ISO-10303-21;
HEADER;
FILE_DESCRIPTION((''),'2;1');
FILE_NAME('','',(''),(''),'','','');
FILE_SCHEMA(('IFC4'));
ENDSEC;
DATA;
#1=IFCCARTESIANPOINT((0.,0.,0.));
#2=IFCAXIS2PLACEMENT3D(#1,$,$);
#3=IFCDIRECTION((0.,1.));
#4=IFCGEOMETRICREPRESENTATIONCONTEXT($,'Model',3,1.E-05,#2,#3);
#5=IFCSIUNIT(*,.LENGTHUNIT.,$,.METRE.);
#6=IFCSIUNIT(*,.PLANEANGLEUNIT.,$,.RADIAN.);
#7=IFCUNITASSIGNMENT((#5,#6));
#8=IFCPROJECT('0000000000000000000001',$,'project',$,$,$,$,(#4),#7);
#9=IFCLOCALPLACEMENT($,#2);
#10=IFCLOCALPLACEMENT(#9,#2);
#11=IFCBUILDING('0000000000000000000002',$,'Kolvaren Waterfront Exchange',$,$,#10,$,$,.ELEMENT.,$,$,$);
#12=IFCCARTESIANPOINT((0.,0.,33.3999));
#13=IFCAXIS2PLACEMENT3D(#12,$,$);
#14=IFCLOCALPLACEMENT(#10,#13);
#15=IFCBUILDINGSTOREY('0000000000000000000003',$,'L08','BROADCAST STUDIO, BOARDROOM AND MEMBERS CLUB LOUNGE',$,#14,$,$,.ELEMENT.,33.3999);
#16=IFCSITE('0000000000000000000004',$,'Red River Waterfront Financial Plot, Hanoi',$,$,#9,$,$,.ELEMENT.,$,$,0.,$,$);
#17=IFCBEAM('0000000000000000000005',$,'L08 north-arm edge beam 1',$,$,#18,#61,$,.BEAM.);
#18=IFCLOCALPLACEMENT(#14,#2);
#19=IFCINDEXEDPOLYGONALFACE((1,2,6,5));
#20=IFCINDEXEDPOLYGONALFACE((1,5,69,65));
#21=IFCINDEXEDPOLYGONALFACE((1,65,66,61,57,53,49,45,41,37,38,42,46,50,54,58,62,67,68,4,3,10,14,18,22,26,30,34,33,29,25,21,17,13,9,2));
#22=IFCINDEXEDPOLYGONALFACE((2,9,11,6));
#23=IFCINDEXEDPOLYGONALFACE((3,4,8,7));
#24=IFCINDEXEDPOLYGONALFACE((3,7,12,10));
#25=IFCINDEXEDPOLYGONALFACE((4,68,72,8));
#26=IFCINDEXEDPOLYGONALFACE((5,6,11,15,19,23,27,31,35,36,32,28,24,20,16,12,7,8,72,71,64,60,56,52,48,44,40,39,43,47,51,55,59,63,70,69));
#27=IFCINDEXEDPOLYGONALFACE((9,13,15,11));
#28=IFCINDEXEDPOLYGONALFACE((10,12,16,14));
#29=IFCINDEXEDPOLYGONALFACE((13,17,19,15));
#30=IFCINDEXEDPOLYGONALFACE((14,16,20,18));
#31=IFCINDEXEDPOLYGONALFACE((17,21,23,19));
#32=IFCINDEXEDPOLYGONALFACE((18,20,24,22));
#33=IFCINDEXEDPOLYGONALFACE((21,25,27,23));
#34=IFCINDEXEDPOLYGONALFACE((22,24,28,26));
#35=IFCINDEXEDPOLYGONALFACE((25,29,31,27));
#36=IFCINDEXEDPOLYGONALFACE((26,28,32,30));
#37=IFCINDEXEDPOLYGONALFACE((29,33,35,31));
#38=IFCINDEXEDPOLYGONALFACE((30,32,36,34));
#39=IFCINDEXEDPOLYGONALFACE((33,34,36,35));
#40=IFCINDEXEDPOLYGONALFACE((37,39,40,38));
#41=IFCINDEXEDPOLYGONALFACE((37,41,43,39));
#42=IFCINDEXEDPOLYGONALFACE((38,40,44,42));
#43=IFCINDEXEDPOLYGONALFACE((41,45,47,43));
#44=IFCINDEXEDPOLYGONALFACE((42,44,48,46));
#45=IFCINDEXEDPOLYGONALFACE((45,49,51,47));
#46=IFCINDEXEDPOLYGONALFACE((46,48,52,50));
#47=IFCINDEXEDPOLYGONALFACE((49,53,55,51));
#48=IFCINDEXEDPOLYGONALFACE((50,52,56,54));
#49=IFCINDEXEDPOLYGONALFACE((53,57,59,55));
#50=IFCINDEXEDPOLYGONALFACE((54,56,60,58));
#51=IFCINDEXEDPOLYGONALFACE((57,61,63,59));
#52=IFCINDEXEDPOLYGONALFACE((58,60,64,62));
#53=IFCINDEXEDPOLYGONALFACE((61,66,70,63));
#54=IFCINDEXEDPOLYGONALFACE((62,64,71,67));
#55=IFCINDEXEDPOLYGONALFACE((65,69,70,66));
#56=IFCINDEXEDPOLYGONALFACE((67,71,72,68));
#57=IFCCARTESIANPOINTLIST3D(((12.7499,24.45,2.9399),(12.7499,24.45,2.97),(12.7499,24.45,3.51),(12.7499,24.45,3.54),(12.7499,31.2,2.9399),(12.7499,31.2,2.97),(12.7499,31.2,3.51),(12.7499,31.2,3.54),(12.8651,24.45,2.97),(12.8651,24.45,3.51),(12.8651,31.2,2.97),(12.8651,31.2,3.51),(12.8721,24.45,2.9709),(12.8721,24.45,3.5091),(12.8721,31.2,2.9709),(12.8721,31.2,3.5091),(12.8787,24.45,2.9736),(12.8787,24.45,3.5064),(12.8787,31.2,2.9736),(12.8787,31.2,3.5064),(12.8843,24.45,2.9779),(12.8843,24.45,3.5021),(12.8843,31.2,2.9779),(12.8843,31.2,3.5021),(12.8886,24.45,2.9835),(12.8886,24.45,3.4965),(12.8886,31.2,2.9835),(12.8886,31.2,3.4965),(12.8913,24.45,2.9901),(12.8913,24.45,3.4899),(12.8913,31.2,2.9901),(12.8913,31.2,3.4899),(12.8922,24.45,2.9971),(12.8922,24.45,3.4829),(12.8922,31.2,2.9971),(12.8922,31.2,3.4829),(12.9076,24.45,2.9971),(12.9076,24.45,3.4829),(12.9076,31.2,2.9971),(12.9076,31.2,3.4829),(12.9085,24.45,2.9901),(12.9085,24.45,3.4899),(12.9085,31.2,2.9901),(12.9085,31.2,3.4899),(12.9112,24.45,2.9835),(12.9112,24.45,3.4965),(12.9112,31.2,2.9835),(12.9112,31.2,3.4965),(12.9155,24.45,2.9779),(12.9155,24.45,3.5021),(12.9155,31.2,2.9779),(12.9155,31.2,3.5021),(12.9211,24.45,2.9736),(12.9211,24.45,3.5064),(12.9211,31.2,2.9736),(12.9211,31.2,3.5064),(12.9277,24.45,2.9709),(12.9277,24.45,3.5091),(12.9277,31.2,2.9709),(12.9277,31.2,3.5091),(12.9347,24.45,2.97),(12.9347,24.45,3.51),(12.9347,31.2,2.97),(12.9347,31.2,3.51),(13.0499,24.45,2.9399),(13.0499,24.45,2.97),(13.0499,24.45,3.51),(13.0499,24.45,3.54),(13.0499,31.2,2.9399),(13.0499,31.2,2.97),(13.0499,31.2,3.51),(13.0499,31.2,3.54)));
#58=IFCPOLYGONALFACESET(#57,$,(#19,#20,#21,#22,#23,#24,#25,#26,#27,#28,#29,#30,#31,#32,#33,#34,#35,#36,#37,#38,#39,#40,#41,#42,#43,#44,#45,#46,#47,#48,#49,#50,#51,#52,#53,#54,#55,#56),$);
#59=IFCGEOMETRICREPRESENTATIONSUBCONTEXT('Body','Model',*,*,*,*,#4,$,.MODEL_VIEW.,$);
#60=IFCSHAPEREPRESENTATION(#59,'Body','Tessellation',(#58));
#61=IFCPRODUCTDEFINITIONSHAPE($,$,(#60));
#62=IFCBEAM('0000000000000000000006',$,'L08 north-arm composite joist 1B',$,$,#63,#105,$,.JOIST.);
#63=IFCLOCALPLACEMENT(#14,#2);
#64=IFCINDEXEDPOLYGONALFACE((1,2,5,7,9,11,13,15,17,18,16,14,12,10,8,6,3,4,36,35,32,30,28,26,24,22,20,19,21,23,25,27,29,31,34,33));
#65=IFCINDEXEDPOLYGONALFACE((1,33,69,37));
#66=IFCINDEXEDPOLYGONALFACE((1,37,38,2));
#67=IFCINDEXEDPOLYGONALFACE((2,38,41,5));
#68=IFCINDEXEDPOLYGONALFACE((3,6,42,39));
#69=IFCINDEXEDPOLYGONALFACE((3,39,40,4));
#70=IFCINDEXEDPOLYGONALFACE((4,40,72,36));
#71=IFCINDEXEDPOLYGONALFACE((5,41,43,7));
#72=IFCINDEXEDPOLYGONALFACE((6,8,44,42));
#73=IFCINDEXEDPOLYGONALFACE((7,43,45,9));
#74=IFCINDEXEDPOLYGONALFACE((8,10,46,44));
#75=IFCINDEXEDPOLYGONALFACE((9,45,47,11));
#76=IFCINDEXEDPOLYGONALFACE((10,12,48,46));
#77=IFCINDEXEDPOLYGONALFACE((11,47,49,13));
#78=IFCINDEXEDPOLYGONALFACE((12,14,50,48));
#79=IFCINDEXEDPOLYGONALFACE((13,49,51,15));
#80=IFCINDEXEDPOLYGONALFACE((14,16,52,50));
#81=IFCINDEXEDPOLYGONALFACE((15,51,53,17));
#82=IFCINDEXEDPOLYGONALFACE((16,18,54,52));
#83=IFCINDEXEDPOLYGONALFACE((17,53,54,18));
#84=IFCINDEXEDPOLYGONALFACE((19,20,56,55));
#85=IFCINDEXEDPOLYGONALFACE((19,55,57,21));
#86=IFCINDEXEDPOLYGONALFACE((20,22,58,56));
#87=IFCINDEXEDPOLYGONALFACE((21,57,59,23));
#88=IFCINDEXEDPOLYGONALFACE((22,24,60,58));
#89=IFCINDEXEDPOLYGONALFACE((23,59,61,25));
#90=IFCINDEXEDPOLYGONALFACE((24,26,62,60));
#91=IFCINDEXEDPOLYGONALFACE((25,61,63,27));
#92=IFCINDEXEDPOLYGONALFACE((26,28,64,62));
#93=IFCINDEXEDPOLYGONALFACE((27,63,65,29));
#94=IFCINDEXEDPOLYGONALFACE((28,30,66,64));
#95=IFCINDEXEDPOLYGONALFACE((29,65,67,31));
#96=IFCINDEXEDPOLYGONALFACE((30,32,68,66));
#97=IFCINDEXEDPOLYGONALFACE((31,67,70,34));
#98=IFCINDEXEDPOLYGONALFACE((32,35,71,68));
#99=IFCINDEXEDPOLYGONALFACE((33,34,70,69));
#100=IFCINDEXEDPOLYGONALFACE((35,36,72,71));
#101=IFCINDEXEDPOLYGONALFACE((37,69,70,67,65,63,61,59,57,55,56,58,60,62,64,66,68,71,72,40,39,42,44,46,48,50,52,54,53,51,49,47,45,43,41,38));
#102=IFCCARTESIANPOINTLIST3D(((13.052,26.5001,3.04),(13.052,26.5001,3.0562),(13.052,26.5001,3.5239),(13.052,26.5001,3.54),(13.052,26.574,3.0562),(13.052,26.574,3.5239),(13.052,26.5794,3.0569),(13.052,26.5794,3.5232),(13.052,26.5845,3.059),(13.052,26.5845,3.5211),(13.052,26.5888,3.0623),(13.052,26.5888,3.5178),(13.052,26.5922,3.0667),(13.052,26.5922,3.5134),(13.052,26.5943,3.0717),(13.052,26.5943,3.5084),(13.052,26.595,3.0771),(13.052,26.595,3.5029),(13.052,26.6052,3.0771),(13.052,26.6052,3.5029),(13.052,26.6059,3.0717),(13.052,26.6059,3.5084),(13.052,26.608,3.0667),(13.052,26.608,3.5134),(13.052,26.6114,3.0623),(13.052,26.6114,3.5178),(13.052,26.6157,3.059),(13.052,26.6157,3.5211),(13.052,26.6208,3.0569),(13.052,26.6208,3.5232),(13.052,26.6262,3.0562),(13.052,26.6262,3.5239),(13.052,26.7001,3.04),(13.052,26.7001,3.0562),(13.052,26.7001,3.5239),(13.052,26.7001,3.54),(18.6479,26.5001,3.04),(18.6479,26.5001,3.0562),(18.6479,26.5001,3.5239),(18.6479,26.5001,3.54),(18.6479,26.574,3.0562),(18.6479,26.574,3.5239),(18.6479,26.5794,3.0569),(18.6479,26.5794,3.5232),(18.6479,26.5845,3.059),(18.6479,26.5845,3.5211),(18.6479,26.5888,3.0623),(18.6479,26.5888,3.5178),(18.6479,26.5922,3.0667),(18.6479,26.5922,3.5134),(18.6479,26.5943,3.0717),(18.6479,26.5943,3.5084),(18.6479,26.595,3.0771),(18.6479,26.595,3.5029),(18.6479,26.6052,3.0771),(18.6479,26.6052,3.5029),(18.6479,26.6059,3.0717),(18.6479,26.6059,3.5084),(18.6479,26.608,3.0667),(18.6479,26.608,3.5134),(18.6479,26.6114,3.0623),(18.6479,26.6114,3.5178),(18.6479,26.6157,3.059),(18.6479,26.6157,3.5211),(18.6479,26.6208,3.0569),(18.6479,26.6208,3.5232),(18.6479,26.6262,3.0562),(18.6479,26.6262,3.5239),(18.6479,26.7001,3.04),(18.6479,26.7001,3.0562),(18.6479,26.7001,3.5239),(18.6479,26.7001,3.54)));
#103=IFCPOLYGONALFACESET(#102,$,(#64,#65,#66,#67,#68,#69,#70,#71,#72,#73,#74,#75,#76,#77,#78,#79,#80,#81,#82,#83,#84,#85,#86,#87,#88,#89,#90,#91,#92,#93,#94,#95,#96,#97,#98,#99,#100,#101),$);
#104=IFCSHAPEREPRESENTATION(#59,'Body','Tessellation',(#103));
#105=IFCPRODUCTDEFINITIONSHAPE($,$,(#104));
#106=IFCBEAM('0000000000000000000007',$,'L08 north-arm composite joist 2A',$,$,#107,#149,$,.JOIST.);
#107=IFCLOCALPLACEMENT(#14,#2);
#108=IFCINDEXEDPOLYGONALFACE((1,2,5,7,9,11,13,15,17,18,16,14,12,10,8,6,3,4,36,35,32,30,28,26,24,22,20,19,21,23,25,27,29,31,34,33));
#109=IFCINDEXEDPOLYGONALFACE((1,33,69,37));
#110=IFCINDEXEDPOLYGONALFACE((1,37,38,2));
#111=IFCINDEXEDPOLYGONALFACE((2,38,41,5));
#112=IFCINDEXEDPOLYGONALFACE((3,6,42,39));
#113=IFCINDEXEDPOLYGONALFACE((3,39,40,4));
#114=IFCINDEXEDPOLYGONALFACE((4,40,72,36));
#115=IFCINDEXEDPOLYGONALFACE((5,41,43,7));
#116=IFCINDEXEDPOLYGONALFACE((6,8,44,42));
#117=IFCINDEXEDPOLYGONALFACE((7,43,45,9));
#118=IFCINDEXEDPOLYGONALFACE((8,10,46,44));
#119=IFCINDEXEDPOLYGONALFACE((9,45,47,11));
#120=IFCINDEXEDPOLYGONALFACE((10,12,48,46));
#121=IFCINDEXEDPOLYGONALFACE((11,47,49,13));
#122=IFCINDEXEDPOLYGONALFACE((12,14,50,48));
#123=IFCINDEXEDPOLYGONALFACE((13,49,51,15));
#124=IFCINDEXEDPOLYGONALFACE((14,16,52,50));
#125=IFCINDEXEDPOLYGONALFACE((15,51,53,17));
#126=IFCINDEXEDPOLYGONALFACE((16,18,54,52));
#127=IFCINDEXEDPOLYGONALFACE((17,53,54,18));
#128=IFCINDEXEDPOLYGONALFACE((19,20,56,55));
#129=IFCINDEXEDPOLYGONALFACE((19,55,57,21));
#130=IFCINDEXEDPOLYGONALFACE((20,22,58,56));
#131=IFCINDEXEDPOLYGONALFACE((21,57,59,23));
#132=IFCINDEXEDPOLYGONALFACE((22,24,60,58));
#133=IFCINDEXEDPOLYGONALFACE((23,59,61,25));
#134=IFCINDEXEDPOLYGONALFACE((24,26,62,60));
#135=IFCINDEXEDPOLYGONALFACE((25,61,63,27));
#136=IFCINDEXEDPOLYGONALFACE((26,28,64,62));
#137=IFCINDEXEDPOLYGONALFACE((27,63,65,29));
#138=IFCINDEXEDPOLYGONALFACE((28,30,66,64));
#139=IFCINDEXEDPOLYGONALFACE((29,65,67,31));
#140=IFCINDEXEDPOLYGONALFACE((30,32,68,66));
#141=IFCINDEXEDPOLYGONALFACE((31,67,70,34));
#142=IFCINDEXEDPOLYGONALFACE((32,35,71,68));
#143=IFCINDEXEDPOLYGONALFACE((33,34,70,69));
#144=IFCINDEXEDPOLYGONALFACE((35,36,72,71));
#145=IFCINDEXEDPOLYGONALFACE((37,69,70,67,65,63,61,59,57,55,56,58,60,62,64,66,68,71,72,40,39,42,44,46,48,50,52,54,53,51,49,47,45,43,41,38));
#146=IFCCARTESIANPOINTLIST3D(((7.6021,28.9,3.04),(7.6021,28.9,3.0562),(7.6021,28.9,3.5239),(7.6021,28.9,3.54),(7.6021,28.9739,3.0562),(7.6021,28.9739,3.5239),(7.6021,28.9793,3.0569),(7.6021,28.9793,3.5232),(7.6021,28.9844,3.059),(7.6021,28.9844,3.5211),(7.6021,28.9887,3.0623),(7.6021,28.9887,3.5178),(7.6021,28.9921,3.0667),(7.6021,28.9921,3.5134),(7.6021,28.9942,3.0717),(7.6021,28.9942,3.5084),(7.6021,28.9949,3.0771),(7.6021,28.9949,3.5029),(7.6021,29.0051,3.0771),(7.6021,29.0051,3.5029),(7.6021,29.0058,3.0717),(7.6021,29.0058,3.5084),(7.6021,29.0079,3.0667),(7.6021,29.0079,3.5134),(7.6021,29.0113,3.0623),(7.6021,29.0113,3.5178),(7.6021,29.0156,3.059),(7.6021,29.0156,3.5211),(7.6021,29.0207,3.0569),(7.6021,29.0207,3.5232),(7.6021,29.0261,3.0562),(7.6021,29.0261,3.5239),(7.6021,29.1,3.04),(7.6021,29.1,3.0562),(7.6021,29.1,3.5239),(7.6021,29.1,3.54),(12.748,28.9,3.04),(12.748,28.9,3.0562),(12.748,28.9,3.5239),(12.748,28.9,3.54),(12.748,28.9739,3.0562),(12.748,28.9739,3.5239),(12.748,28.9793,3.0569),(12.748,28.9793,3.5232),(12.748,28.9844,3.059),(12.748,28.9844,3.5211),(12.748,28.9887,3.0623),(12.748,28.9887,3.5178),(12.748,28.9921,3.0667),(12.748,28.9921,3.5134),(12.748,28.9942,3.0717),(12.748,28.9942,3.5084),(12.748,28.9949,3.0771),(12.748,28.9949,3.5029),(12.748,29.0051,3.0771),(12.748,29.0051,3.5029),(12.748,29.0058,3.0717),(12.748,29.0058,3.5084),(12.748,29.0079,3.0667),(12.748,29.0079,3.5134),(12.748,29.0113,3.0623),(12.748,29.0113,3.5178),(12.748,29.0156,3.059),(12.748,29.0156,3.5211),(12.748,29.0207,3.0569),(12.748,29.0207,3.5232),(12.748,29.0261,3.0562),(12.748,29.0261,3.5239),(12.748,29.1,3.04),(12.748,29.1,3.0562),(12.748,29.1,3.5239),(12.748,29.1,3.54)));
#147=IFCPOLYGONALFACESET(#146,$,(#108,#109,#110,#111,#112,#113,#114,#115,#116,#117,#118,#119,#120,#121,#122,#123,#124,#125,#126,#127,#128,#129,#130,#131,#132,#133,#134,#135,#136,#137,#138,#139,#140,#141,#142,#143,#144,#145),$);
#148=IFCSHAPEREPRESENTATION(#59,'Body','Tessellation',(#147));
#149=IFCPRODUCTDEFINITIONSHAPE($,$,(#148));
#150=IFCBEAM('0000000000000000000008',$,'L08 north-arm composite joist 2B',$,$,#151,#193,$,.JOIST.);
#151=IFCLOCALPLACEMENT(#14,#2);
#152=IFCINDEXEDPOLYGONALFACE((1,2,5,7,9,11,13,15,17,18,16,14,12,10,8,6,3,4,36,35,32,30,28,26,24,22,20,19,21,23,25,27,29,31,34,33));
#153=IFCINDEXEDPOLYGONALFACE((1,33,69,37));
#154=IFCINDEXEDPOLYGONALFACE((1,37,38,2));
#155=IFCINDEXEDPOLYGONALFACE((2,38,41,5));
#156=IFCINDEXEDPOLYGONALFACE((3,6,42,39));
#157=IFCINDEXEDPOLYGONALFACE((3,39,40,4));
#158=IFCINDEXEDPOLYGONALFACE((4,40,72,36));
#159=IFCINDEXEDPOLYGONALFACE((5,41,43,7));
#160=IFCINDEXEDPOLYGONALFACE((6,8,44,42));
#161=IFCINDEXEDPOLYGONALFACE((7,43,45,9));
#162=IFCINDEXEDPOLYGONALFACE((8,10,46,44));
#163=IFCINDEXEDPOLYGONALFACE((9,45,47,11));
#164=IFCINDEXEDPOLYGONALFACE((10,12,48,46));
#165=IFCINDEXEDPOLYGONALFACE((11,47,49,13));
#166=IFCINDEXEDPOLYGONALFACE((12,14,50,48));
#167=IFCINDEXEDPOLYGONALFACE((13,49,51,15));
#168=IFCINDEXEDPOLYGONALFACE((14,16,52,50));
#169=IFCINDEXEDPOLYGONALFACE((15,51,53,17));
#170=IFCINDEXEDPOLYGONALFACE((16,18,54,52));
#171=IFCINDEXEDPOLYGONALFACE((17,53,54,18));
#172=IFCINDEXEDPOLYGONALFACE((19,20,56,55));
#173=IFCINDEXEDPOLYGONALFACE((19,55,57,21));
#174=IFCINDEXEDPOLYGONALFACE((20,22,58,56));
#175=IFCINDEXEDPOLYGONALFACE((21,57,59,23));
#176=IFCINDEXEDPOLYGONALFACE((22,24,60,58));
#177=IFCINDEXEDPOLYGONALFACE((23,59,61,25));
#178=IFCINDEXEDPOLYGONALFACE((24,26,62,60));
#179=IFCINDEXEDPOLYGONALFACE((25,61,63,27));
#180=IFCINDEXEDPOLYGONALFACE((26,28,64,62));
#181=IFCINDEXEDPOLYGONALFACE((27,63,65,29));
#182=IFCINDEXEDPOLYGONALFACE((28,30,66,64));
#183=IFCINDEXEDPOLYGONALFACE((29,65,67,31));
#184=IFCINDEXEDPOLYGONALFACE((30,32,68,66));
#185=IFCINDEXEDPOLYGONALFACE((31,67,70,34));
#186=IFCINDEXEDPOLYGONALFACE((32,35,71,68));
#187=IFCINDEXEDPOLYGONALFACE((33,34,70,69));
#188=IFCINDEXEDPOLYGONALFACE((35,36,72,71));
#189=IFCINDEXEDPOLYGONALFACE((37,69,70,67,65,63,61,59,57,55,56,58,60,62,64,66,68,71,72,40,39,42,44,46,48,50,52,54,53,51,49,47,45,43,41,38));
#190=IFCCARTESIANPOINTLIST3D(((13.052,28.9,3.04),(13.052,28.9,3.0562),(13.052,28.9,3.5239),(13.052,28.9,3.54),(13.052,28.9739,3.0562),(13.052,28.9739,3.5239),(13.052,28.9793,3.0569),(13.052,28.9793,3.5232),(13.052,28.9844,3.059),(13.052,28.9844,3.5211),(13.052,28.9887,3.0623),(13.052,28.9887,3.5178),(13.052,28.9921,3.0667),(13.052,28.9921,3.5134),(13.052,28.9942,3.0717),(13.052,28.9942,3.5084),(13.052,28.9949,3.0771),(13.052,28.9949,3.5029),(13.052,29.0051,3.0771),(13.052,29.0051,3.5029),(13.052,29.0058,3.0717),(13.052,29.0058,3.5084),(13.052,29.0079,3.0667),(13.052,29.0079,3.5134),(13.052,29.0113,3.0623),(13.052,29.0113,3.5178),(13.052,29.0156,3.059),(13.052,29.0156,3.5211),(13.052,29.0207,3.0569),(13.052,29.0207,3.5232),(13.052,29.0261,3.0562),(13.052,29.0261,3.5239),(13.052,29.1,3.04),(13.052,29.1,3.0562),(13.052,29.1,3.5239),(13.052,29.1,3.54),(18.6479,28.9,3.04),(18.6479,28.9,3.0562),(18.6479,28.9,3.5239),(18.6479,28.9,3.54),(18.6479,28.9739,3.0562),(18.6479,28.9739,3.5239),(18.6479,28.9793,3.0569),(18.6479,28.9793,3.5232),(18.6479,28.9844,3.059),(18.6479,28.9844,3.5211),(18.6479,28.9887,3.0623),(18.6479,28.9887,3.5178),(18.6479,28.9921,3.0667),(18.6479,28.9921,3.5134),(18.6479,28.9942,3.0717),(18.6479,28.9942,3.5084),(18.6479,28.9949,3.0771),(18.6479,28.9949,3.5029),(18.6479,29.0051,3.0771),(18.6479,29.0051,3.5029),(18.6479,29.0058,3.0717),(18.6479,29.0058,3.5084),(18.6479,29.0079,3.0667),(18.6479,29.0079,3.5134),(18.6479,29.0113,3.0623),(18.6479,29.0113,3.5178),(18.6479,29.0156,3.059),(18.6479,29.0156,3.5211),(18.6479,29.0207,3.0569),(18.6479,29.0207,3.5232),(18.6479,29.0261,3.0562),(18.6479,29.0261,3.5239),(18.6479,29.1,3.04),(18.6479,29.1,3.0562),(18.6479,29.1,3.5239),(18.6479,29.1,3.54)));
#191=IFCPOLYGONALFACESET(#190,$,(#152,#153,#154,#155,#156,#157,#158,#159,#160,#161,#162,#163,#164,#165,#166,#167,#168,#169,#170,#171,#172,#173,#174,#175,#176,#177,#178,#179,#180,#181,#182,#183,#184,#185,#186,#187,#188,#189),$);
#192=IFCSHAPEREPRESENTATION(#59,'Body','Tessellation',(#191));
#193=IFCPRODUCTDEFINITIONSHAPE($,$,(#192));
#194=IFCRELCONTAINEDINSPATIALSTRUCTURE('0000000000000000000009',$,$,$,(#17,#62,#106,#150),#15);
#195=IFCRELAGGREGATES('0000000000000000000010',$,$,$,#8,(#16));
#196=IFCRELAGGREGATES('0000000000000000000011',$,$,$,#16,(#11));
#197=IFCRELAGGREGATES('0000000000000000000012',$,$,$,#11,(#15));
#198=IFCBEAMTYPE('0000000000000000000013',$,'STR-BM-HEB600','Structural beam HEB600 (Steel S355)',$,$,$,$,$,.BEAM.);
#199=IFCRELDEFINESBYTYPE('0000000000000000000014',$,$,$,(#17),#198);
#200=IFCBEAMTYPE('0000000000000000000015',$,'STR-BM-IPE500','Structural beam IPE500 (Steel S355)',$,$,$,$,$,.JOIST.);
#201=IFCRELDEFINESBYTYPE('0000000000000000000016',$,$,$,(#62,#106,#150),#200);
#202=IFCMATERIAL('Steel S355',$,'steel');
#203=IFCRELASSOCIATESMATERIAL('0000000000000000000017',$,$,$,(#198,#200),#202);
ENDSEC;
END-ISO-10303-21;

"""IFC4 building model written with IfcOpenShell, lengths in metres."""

from ifc_helpers import new_model, si_unit, direction, frame, origin, origin_2d, place, context, subcontext, project, spatial, i_section, extrude, material, material_profile, profile_set, type_object, element, save


model = new_model("IFC4")

# Units and contexts
model_context = context("Model", 3, precision=1e-05, world=origin(), true_north=direction((0.0, 1.0)))
body_context = subcontext(model_context, "Body", "Model", "MODEL_VIEW")
ifc_project = project(units=[si_unit("LENGTHUNIT", "METRE"), si_unit("PLANEANGLEUNIT", "RADIAN")], contexts=[model_context])

# Site, building, storey
site_placement = place(None, origin())
site = spatial("IfcSite", under=ifc_project, at=site_placement, Name="Red River Waterfront Financial Plot, Hanoi", CompositionType="ELEMENT", RefElevation=0.0)
building_placement = place(site_placement, origin())
building = spatial("IfcBuilding", under=site, at=building_placement, Name="Kolvaren Waterfront Exchange", CompositionType="ELEMENT")
storey_placement = place(building_placement, frame((0.0, 0.0, 33.3999)))
storey = spatial("IfcBuildingStorey", under=building, at=storey_placement, Name="L08", Description="BROADCAST STUDIO, BOARDROOM AND MEMBERS CLUB LOUNGE", CompositionType="ELEMENT", Elevation=33.3999)

# Beams
ifc_material_1 = material(Name="Steel S355", Category="steel")
ifc_material_profile_1 = material_profile(ifc_material_1, i_section(OverallWidth=0.3, OverallDepth=0.6001, WebThickness=0.0154, FlangeThickness=0.03, FilletRadius=0.0271, at=origin_2d()), Name="HEB600")
ifc_profile_set_1 = profile_set([ifc_material_profile_1], Name="Steel S355")
beam_type_1 = type_object("IfcBeamType", Name="STR-BM-HEB600", Description="Structural beam HEB600 (Steel S355)", PredefinedType="BEAM", material=ifc_profile_set_1)
beam_1_placement = place(storey_placement, frame((12.8999, 24.45, 3.24), z_axis=(0.0, 1.0, 0.0), x_axis=(-1.0, 0.0, 0.0)))
element("IfcBeam", 1, at=beam_1_placement, inside=storey, type_object=beam_type_1, Name="L08 north-arm edge beam 1", PredefinedType="BEAM", context=body_context, shape_type="SweptSolid", body=[
    extrude(i_section(OverallWidth=0.3, OverallDepth=0.6001, WebThickness=0.0154, FlangeThickness=0.03, FilletRadius=0.0271, at=origin_2d()), origin(), (0.0, 0.0, 1.0), 6.75),
])
ifc_material_profile_2 = material_profile(ifc_material_1, i_section(OverallWidth=0.2, OverallDepth=0.5, WebThickness=0.0103, FlangeThickness=0.0161, FilletRadius=0.021, at=origin_2d()), Name="IPE500")
ifc_profile_set_2 = profile_set([ifc_material_profile_2], Name="Steel S355")
beam_type_2 = type_object("IfcBeamType", Name="STR-BM-IPE500", Description="Structural beam IPE500 (Steel S355)", PredefinedType="JOIST", material=ifc_profile_set_2)
beam_2_placement = place(storey_placement, frame((13.052, 26.6001, 3.29), z_axis=(1.0, 0.0, 0.0), x_axis=(0.0, 1.0, 0.0)))
element("IfcBeam", 2, at=beam_2_placement, inside=storey, type_object=beam_type_2, Name="L08 north-arm composite joist 1B", PredefinedType="JOIST", context=body_context, shape_type="SweptSolid", body=[
    extrude(i_section(OverallWidth=0.2, OverallDepth=0.5, WebThickness=0.0103, FlangeThickness=0.0161, FilletRadius=0.021, at=origin_2d()), origin(), (0.0, 0.0, 1.0), 5.5959),
])
beam_3_placement = place(storey_placement, frame((7.6021, 29.0, 3.29), z_axis=(1.0, 0.0, 0.0), x_axis=(0.0, 1.0, 0.0)))
element("IfcBeam", 3, at=beam_3_placement, inside=storey, type_object=beam_type_2, Name="L08 north-arm composite joist 2A", PredefinedType="JOIST", context=body_context, shape_type="SweptSolid", body=[
    extrude(i_section(OverallWidth=0.2, OverallDepth=0.5, WebThickness=0.0103, FlangeThickness=0.0161, FilletRadius=0.021, at=origin_2d()), origin(), (0.0, 0.0, 1.0), 5.146),
])
beam_4_placement = place(storey_placement, frame((13.052, 29.0, 3.29), z_axis=(1.0, 0.0, 0.0), x_axis=(0.0, 1.0, 0.0)))
element("IfcBeam", 4, at=beam_4_placement, inside=storey, type_object=beam_type_2, Name="L08 north-arm composite joist 2B", PredefinedType="JOIST", context=body_context, shape_type="SweptSolid", body=[
    extrude(i_section(OverallWidth=0.2, OverallDepth=0.5, WebThickness=0.0103, FlangeThickness=0.0161, FilletRadius=0.021, at=origin_2d()), origin(), (0.0, 0.0, 1.0), 5.5959),
])

save(model, "model.ifc")
